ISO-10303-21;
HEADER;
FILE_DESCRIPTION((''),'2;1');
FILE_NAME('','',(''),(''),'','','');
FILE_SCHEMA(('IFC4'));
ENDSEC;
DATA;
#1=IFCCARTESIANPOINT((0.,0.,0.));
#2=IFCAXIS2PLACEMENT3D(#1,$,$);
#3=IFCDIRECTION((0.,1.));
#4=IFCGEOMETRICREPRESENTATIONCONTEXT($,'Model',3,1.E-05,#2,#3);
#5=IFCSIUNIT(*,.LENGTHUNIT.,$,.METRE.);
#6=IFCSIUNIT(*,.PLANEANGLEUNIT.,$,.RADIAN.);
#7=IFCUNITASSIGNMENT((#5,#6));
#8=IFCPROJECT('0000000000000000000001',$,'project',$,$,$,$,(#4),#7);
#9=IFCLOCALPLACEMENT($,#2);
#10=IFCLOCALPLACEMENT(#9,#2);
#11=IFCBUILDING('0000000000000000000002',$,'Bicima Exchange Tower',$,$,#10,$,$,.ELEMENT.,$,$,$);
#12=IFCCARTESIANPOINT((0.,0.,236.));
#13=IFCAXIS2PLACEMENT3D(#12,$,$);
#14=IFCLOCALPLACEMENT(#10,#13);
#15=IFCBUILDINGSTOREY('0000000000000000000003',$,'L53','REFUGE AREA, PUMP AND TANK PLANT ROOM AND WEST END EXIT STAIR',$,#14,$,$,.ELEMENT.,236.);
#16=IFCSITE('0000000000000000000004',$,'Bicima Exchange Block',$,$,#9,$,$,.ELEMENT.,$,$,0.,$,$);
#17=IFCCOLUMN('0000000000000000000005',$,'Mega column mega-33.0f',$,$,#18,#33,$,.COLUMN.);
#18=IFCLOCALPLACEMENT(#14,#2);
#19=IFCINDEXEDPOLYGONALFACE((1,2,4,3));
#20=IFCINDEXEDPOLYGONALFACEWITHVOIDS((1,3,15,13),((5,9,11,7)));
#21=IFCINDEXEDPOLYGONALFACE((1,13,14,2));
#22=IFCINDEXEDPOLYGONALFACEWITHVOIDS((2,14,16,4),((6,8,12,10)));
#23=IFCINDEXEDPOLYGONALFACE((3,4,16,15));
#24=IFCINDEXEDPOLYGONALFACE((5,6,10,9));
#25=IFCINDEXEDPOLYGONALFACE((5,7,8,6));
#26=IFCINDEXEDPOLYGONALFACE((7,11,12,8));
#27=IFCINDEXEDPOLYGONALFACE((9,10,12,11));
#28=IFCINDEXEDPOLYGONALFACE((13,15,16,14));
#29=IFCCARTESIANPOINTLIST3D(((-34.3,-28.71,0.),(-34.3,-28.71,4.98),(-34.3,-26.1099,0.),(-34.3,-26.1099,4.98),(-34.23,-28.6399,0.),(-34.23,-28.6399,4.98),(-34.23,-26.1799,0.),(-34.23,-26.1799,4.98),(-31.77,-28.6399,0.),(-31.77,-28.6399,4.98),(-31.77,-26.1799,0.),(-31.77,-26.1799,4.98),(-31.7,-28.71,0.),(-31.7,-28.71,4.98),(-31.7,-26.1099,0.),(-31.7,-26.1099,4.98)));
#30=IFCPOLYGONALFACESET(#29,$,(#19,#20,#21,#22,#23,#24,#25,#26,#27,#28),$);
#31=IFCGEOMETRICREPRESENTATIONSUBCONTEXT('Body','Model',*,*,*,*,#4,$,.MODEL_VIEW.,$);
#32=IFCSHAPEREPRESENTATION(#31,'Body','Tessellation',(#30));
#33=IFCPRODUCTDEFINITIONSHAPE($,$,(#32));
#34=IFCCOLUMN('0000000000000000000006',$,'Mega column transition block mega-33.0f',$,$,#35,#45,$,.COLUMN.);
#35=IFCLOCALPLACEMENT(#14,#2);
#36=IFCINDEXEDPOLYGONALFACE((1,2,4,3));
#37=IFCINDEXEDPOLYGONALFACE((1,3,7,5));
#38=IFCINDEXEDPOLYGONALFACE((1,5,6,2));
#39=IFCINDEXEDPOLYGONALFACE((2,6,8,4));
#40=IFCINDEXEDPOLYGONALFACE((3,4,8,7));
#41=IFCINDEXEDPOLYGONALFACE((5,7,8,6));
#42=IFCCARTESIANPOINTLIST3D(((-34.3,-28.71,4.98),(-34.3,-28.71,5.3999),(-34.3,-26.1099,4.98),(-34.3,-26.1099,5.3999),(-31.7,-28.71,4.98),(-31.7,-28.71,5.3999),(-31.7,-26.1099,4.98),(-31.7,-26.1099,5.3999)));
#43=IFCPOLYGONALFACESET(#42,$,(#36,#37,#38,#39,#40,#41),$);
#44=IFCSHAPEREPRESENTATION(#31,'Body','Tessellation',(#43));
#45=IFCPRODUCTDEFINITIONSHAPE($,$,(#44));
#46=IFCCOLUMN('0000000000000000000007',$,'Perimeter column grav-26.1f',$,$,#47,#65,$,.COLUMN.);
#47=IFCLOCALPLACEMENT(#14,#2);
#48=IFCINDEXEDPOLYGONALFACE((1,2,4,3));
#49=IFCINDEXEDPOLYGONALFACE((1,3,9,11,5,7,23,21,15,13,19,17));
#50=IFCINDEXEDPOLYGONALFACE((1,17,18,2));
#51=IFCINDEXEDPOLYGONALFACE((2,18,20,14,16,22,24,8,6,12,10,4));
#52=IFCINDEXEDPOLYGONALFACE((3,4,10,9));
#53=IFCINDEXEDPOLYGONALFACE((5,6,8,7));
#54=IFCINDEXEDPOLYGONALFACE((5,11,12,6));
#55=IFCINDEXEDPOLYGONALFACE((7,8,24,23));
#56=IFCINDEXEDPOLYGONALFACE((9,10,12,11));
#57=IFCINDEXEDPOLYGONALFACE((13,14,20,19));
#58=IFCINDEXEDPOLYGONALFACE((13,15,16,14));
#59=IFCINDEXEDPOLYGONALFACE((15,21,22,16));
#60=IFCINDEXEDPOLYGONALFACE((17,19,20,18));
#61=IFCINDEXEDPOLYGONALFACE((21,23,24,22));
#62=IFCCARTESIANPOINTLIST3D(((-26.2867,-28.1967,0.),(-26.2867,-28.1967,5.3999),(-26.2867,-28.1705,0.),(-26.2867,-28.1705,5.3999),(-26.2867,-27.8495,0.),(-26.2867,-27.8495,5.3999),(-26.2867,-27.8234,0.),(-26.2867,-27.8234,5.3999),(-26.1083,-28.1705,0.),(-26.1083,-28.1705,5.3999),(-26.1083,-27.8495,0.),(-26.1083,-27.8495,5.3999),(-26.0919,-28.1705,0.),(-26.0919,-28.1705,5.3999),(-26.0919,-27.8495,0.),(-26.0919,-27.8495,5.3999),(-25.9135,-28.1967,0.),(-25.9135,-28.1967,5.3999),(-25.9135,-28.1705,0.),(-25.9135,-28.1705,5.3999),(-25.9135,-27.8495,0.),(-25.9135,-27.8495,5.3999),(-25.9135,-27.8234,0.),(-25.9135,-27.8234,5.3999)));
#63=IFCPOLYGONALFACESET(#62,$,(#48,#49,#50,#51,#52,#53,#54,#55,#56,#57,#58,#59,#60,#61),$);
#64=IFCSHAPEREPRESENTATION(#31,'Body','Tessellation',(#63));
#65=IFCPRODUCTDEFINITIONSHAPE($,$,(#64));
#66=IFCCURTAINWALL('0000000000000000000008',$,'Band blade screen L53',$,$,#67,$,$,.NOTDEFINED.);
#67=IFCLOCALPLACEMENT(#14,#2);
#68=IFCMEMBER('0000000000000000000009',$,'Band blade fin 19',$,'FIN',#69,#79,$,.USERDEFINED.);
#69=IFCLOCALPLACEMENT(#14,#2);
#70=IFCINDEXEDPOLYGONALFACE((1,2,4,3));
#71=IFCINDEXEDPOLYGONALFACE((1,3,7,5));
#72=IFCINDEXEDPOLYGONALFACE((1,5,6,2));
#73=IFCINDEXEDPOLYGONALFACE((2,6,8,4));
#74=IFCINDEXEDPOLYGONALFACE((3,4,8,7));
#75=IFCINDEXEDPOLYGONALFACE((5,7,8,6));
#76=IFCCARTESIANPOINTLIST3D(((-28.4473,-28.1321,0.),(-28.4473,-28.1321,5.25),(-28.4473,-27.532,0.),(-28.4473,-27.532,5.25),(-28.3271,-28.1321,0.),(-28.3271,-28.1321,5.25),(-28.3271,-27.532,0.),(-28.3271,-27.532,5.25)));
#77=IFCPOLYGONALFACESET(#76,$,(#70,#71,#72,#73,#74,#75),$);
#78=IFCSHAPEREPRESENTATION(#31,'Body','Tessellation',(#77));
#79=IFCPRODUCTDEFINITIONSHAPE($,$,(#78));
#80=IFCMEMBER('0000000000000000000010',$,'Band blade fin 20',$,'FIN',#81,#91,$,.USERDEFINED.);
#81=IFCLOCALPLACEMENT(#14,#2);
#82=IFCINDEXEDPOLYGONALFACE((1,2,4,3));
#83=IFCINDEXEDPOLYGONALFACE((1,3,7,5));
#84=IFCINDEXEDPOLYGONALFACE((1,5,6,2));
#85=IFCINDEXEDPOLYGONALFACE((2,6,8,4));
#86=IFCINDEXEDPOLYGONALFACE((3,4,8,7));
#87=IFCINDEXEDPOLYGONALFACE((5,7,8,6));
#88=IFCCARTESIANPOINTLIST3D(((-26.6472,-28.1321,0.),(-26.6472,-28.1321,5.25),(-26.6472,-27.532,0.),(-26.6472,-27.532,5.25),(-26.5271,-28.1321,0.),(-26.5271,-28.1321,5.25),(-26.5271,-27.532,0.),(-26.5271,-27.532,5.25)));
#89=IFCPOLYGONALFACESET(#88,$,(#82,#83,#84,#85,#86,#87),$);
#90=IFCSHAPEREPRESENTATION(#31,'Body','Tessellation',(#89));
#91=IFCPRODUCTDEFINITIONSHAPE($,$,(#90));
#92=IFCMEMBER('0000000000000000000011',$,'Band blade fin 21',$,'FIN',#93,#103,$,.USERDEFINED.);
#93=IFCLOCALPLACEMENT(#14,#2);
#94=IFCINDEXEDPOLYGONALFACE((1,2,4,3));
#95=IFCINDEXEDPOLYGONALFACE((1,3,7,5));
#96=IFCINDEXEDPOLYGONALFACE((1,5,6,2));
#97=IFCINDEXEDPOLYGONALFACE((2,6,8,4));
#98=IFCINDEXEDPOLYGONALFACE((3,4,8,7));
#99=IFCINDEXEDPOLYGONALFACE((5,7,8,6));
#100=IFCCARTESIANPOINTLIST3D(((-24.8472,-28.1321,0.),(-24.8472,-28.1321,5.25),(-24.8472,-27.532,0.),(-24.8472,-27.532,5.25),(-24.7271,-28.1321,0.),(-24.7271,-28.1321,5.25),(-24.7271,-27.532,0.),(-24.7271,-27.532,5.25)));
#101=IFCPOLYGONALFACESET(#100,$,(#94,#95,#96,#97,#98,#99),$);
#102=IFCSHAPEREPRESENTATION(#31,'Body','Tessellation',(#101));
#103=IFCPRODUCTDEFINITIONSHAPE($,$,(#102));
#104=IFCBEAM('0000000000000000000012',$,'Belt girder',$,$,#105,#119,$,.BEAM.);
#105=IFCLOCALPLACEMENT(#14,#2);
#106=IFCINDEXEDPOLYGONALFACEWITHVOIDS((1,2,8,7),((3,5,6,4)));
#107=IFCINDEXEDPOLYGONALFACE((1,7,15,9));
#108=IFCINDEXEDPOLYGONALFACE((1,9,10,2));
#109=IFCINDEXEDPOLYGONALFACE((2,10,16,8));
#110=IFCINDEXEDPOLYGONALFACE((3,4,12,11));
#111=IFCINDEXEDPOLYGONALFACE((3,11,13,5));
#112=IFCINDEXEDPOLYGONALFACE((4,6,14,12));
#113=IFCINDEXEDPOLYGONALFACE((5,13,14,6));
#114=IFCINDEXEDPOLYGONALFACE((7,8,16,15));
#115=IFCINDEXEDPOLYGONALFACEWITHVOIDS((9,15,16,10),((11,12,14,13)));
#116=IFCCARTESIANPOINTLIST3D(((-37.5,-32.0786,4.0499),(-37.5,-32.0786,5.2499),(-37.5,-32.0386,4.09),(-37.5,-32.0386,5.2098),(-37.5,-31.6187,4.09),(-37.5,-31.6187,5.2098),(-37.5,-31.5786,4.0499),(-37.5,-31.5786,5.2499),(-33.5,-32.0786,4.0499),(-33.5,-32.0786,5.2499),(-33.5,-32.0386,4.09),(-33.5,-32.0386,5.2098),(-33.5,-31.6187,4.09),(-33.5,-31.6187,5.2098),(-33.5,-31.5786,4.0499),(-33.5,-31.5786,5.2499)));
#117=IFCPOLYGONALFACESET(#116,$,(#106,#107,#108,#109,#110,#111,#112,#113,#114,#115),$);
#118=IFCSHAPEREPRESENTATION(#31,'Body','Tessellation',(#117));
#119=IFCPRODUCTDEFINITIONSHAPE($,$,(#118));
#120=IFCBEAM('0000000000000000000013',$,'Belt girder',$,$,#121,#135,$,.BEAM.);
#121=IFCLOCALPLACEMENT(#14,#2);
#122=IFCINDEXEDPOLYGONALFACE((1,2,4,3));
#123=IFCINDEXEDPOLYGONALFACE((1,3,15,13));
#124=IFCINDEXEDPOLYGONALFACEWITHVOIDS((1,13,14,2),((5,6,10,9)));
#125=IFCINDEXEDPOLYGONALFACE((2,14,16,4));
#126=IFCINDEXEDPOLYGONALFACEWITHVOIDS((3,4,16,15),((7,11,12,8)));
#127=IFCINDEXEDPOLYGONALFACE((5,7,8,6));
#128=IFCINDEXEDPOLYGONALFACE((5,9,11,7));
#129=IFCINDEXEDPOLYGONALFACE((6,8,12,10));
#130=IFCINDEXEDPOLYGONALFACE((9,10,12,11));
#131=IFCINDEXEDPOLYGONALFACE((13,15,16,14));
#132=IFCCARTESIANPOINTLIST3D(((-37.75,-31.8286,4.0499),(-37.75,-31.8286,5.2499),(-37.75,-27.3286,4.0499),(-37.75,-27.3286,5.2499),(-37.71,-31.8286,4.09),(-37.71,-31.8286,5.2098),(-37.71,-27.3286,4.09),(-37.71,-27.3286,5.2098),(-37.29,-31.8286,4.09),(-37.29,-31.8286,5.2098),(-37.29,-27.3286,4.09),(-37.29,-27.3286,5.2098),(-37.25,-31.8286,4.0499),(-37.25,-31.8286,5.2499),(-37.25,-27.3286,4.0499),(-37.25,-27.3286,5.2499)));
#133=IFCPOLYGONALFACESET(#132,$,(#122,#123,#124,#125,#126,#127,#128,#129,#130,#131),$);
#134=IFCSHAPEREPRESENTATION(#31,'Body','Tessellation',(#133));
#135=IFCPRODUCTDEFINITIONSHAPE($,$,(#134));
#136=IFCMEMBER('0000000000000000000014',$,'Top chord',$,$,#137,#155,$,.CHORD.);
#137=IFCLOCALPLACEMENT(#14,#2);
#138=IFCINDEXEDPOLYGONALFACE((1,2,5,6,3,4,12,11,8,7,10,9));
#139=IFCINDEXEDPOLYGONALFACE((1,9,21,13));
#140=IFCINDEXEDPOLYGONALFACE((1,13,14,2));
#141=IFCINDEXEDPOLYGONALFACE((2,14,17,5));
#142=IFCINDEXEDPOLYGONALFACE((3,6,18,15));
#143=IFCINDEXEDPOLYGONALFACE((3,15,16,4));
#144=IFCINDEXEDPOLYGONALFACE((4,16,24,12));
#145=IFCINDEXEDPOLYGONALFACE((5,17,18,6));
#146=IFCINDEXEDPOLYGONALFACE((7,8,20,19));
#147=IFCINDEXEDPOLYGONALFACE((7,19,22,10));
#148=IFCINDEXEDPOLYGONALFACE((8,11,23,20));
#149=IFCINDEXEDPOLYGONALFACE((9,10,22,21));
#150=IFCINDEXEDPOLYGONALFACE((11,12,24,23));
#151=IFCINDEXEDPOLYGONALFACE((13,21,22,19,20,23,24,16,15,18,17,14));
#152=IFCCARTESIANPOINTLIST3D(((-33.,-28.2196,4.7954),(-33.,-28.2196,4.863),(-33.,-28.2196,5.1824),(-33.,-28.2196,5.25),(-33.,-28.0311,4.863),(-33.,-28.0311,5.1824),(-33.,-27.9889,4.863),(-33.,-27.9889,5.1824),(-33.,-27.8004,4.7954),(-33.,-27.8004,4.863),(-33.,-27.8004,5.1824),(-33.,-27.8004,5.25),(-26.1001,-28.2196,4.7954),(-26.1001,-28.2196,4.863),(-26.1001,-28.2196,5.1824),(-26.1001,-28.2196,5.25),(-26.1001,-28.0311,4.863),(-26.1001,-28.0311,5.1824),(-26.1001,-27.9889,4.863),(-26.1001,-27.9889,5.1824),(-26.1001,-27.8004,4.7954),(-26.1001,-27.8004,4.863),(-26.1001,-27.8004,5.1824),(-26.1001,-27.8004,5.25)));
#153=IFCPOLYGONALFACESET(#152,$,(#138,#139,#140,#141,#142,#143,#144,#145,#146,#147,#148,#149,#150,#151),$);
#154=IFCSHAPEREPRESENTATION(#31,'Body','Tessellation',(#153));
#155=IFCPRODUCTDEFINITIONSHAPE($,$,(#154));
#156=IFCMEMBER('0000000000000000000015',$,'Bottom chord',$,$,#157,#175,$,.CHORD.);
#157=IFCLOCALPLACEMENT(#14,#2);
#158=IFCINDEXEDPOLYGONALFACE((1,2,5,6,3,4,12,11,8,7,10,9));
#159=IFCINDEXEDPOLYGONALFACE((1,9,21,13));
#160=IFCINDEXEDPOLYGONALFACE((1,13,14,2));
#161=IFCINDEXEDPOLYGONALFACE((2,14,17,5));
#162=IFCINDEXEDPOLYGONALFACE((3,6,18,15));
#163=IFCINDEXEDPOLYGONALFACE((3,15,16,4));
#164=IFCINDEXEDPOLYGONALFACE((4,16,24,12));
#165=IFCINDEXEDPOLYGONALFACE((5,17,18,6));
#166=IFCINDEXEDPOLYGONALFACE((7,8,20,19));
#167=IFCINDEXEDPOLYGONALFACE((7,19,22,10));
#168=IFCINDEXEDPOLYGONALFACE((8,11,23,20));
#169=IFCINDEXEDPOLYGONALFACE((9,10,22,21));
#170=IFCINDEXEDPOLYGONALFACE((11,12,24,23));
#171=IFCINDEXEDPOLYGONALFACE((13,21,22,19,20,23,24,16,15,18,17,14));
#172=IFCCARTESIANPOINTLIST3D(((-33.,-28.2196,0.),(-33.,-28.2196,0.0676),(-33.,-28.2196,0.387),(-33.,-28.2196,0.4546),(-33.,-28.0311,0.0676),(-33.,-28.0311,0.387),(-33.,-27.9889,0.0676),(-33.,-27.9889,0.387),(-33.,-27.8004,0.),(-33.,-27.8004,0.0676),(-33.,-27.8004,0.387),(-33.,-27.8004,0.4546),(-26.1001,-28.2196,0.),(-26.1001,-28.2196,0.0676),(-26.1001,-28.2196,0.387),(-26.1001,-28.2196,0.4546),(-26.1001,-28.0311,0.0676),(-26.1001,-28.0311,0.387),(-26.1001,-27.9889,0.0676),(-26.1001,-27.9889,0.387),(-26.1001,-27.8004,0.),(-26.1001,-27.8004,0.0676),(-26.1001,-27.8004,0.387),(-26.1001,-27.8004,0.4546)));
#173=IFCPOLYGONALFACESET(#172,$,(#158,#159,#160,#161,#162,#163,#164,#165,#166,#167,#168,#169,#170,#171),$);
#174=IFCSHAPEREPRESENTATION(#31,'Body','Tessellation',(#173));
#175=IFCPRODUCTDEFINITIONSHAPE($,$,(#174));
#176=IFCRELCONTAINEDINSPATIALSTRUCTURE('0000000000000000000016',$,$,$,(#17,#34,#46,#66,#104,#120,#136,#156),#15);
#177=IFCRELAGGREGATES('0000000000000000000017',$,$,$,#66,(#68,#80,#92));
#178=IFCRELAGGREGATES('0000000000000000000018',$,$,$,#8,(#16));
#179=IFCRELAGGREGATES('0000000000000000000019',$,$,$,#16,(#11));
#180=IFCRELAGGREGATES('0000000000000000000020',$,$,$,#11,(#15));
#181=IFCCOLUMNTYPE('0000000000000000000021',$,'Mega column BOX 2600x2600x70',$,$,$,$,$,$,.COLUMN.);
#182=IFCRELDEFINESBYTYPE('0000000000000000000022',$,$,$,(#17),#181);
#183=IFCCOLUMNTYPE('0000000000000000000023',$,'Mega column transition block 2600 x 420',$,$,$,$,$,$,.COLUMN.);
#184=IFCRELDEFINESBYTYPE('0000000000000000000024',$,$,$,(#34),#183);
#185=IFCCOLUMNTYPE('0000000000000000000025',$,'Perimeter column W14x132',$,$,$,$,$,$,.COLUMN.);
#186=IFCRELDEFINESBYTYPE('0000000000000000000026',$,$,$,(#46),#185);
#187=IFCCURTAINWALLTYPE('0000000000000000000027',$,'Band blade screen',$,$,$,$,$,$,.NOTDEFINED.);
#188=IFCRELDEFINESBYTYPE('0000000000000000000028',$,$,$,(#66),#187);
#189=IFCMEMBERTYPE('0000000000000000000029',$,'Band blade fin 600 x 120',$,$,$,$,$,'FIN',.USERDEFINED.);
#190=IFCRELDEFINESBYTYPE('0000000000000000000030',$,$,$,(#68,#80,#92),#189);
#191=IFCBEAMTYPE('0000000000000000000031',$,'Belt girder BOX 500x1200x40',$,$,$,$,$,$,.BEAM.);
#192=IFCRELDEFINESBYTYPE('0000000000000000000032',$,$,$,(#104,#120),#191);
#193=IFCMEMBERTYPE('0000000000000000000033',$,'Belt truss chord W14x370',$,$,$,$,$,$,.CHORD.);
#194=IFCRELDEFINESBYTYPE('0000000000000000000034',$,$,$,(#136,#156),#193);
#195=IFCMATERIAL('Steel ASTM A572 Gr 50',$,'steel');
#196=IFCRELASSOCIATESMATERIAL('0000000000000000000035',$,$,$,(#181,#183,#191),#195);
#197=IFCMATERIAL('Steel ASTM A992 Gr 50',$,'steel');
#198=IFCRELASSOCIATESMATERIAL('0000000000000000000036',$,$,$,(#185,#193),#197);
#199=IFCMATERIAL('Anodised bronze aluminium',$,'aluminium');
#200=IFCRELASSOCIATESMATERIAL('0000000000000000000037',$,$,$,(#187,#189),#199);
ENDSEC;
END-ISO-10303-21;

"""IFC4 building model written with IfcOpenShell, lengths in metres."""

from ifc_helpers import new_model, si_unit, direction, frame, origin, origin_2d, place, context, subcontext, project, spatial, rectangle, hollow_rectangle, i_section, extrude, material, material_profile, profile_set, type_object, element, aggregate, save


model = new_model("IFC4")

# Units and contexts
model_context = context("Model", 3, precision=1e-05, world=origin(), true_north=direction((0.0, 1.0)))
body_context = subcontext(model_context, "Body", "Model", "MODEL_VIEW")
ifc_project = project(units=[si_unit("LENGTHUNIT", "METRE"), si_unit("PLANEANGLEUNIT", "RADIAN")], contexts=[model_context])

# Site, building, storey
site_placement = place(None, origin())
site = spatial("IfcSite", under=ifc_project, at=site_placement, Name="Bicima Exchange Block", CompositionType="ELEMENT", RefElevation=0.0)
building_placement = place(site_placement, origin())
building = spatial("IfcBuilding", under=site, at=building_placement, Name="Bicima Exchange Tower", CompositionType="ELEMENT")
storey_placement = place(building_placement, frame((0.0, 0.0, 236.0)))
storey = spatial("IfcBuildingStorey", under=building, at=storey_placement, Name="L53", Description="REFUGE AREA, PUMP AND TANK PLANT ROOM AND WEST END EXIT STAIR", CompositionType="ELEMENT", Elevation=236.0)

# Columns
ifc_material_1 = material(Name="Steel ASTM A572 Gr 50", Category="steel")
ifc_material_profile_1 = material_profile(ifc_material_1, hollow_rectangle(XDim=2.6001, YDim=2.6001, WallThickness=0.0701, at=origin_2d()))
ifc_profile_set_1 = profile_set([ifc_material_profile_1], Name="Steel ASTM A572 Gr 50")
column_type_1 = type_object("IfcColumnType", Name="Mega column BOX 2600x2600x70", PredefinedType="COLUMN", material=ifc_profile_set_1)
column_1_placement = place(storey_placement, frame((-33.0, -27.4099, 0.0), z_axis=(0.0, 0.0, 1.0), x_axis=(1.0, 0.0, 0.0)))
element("IfcColumn", 1, at=column_1_placement, inside=storey, type_object=column_type_1, Name="Mega column mega-33.0f", PredefinedType="COLUMN", context=body_context, shape_type="SweptSolid", body=[
    extrude(hollow_rectangle(XDim=2.6001, YDim=2.6001, WallThickness=0.0701, at=origin_2d()), origin(), (0.0, 0.0, 1.0), 4.98),
])
ifc_material_profile_2 = material_profile(ifc_material_1, rectangle(XDim=2.6001, YDim=2.6001, at=origin_2d()))
ifc_profile_set_2 = profile_set([ifc_material_profile_2], Name="Steel ASTM A572 Gr 50")
column_type_2 = type_object("IfcColumnType", Name="Mega column transition block 2600 x 420", PredefinedType="COLUMN", material=ifc_profile_set_2)
column_2_placement = place(storey_placement, frame((-33.0, -27.4099, 4.98), z_axis=(0.0, 0.0, 1.0), x_axis=(1.0, 0.0, 0.0)))
element("IfcColumn", 2, at=column_2_placement, inside=storey, type_object=column_type_2, Name="Mega column transition block mega-33.0f", PredefinedType="COLUMN", context=body_context, shape_type="SweptSolid", body=[
    extrude(rectangle(XDim=2.6001, YDim=2.6001, at=origin_2d()), origin(), (0.0, 0.0, 1.0), 0.4199),
])
ifc_material_2 = material(Name="Steel ASTM A992 Gr 50", Category="steel")
ifc_material_profile_3 = material_profile(ifc_material_2, i_section(OverallWidth=0.3733, OverallDepth=0.3733, WebThickness=0.0164, FlangeThickness=0.0261, at=origin_2d()))
ifc_profile_set_3 = profile_set([ifc_material_profile_3], Name="Steel ASTM A992 Gr 50")
column_type_3 = type_object("IfcColumnType", Name="Perimeter column W14x132", PredefinedType="COLUMN", material=ifc_profile_set_3)
column_3_placement = place(storey_placement, frame((-26.1001, -28.01, 0.0), z_axis=(0.0, 0.0, 1.0), x_axis=(1.0, 0.0, 0.0)))
element("IfcColumn", 3, at=column_3_placement, inside=storey, type_object=column_type_3, Name="Perimeter column grav-26.1f", PredefinedType="COLUMN", context=body_context, shape_type="SweptSolid", body=[
    extrude(i_section(OverallWidth=0.3733, OverallDepth=0.3733, WebThickness=0.0164, FlangeThickness=0.0261, at=origin_2d()), origin(), (0.0, 0.0, 1.0), 5.3999),
])

# Curtain wall, members
ifc_material_3 = material(Name="Anodised bronze aluminium", Category="aluminium")
curtain_wall_type = type_object("IfcCurtainWallType", Name="Band blade screen", PredefinedType="NOTDEFINED", material=ifc_material_3)
curtain_wall_placement = place(storey_placement, origin())
curtain_wall = element("IfcCurtainWall", 4, at=curtain_wall_placement, inside=storey, type_object=curtain_wall_type, Name="Band blade screen L53", PredefinedType="NOTDEFINED")
ifc_material_profile_4 = material_profile(ifc_material_3, rectangle(XDim=0.6001, YDim=0.1201, at=origin_2d()))
ifc_profile_set_4 = profile_set([ifc_material_profile_4], Name="Anodised bronze aluminium")
member_type_1 = type_object("IfcMemberType", Name="Band blade fin 600 x 120", ElementType="FIN", PredefinedType="USERDEFINED", material=ifc_profile_set_4)
member_1_placement = place(storey_placement, frame((-28.3872, -27.832, 0.0), z_axis=(0.0, 0.0, 1.0), x_axis=(0.0, 1.0, 0.0)))
member_1 = element("IfcMember", 5, at=member_1_placement, type_object=member_type_1, Name="Band blade fin 19", ObjectType="FIN", PredefinedType="USERDEFINED", context=body_context, shape_type="SweptSolid", body=[
    extrude(rectangle(XDim=0.6001, YDim=0.1201, at=origin_2d()), origin(), (0.0, 0.0, 1.0), 5.25),
])
member_2_placement = place(storey_placement, frame((-26.5872, -27.832, 0.0), z_axis=(0.0, 0.0, 1.0), x_axis=(0.0, 1.0, 0.0)))
member_2 = element("IfcMember", 6, at=member_2_placement, type_object=member_type_1, Name="Band blade fin 20", ObjectType="FIN", PredefinedType="USERDEFINED", context=body_context, shape_type="SweptSolid", body=[
    extrude(rectangle(XDim=0.6001, YDim=0.1201, at=origin_2d()), origin(), (0.0, 0.0, 1.0), 5.25),
])
member_3_placement = place(storey_placement, frame((-24.7871, -27.832, 0.0), z_axis=(0.0, 0.0, 1.0), x_axis=(0.0, 1.0, 0.0)))
member_3 = element("IfcMember", 7, at=member_3_placement, type_object=member_type_1, Name="Band blade fin 21", ObjectType="FIN", PredefinedType="USERDEFINED", context=body_context, shape_type="SweptSolid", body=[
    extrude(rectangle(XDim=0.6001, YDim=0.1201, at=origin_2d()), origin(), (0.0, 0.0, 1.0), 5.25),
])
aggregate(curtain_wall, [member_1, member_2, member_3])

# Beams
ifc_material_profile_5 = material_profile(ifc_material_1, hollow_rectangle(XDim=0.5, YDim=1.2, WallThickness=0.04, at=origin_2d()))
ifc_profile_set_5 = profile_set([ifc_material_profile_5], Name="Steel ASTM A572 Gr 50")
beam_type_1 = type_object("IfcBeamType", Name="Belt girder BOX 500x1200x40", PredefinedType="BEAM", material=ifc_profile_set_5)
beam_1_placement = place(storey_placement, frame((-37.5, -31.8286, 4.6499), z_axis=(1.0, 0.0, 0.0), x_axis=(0.0, 1.0, 0.0)))
element("IfcBeam", 8, at=beam_1_placement, inside=storey, type_object=beam_type_1, Name="Belt girder", PredefinedType="BEAM", context=body_context, shape_type="SweptSolid", body=[
    extrude(hollow_rectangle(XDim=0.5, YDim=1.2, WallThickness=0.04, at=origin_2d()), origin(), (0.0, 0.0, 1.0), 4.0),
])
beam_2_placement = place(storey_placement, frame((-37.5, -27.3286, 4.6499), z_axis=(0.0, -1.0, 0.0), x_axis=(1.0, 0.0, 0.0)))
element("IfcBeam", 9, at=beam_2_placement, inside=storey, type_object=beam_type_1, Name="Belt girder", PredefinedType="BEAM", context=body_context, shape_type="SweptSolid", body=[
    extrude(hollow_rectangle(XDim=0.5, YDim=1.2, WallThickness=0.04, at=origin_2d()), origin(), (0.0, 0.0, 1.0), 4.5),
])

# Members
ifc_material_profile_6 = material_profile(ifc_material_2, i_section(OverallWidth=0.4192, OverallDepth=0.4546, WebThickness=0.0422, FlangeThickness=0.0676, at=origin_2d()))
ifc_profile_set_6 = profile_set([ifc_material_profile_6], Name="Steel ASTM A992 Gr 50")
member_type_2 = type_object("IfcMemberType", Name="Belt truss chord W14x370", PredefinedType="CHORD", material=ifc_profile_set_6)
for number, where, z_axis, x_axis, name in (
    (10, (-33.0, -28.01, 5.0227), (1.0, 0.0, 0.0), (0.0, 1.0, 0.0), "Top chord"),
    (11, (-33.0, -28.01, 0.2273), (1.0, 0.0, 0.0), (0.0, 1.0, 0.0), "Bottom chord"),
):
    element("IfcMember", number, at=place(storey_placement, frame(where, z_axis=z_axis, x_axis=x_axis)), inside=storey, type_object=member_type_2, Name=name, PredefinedType="CHORD", context=body_context, shape_type="SweptSolid", body=[
        extrude(i_section(OverallWidth=0.4192, OverallDepth=0.4546, WebThickness=0.0422, FlangeThickness=0.0676, at=origin_2d()), origin(), (0.0, 0.0, 1.0), 6.8999),
    ])

save(model, "model.ifc")
